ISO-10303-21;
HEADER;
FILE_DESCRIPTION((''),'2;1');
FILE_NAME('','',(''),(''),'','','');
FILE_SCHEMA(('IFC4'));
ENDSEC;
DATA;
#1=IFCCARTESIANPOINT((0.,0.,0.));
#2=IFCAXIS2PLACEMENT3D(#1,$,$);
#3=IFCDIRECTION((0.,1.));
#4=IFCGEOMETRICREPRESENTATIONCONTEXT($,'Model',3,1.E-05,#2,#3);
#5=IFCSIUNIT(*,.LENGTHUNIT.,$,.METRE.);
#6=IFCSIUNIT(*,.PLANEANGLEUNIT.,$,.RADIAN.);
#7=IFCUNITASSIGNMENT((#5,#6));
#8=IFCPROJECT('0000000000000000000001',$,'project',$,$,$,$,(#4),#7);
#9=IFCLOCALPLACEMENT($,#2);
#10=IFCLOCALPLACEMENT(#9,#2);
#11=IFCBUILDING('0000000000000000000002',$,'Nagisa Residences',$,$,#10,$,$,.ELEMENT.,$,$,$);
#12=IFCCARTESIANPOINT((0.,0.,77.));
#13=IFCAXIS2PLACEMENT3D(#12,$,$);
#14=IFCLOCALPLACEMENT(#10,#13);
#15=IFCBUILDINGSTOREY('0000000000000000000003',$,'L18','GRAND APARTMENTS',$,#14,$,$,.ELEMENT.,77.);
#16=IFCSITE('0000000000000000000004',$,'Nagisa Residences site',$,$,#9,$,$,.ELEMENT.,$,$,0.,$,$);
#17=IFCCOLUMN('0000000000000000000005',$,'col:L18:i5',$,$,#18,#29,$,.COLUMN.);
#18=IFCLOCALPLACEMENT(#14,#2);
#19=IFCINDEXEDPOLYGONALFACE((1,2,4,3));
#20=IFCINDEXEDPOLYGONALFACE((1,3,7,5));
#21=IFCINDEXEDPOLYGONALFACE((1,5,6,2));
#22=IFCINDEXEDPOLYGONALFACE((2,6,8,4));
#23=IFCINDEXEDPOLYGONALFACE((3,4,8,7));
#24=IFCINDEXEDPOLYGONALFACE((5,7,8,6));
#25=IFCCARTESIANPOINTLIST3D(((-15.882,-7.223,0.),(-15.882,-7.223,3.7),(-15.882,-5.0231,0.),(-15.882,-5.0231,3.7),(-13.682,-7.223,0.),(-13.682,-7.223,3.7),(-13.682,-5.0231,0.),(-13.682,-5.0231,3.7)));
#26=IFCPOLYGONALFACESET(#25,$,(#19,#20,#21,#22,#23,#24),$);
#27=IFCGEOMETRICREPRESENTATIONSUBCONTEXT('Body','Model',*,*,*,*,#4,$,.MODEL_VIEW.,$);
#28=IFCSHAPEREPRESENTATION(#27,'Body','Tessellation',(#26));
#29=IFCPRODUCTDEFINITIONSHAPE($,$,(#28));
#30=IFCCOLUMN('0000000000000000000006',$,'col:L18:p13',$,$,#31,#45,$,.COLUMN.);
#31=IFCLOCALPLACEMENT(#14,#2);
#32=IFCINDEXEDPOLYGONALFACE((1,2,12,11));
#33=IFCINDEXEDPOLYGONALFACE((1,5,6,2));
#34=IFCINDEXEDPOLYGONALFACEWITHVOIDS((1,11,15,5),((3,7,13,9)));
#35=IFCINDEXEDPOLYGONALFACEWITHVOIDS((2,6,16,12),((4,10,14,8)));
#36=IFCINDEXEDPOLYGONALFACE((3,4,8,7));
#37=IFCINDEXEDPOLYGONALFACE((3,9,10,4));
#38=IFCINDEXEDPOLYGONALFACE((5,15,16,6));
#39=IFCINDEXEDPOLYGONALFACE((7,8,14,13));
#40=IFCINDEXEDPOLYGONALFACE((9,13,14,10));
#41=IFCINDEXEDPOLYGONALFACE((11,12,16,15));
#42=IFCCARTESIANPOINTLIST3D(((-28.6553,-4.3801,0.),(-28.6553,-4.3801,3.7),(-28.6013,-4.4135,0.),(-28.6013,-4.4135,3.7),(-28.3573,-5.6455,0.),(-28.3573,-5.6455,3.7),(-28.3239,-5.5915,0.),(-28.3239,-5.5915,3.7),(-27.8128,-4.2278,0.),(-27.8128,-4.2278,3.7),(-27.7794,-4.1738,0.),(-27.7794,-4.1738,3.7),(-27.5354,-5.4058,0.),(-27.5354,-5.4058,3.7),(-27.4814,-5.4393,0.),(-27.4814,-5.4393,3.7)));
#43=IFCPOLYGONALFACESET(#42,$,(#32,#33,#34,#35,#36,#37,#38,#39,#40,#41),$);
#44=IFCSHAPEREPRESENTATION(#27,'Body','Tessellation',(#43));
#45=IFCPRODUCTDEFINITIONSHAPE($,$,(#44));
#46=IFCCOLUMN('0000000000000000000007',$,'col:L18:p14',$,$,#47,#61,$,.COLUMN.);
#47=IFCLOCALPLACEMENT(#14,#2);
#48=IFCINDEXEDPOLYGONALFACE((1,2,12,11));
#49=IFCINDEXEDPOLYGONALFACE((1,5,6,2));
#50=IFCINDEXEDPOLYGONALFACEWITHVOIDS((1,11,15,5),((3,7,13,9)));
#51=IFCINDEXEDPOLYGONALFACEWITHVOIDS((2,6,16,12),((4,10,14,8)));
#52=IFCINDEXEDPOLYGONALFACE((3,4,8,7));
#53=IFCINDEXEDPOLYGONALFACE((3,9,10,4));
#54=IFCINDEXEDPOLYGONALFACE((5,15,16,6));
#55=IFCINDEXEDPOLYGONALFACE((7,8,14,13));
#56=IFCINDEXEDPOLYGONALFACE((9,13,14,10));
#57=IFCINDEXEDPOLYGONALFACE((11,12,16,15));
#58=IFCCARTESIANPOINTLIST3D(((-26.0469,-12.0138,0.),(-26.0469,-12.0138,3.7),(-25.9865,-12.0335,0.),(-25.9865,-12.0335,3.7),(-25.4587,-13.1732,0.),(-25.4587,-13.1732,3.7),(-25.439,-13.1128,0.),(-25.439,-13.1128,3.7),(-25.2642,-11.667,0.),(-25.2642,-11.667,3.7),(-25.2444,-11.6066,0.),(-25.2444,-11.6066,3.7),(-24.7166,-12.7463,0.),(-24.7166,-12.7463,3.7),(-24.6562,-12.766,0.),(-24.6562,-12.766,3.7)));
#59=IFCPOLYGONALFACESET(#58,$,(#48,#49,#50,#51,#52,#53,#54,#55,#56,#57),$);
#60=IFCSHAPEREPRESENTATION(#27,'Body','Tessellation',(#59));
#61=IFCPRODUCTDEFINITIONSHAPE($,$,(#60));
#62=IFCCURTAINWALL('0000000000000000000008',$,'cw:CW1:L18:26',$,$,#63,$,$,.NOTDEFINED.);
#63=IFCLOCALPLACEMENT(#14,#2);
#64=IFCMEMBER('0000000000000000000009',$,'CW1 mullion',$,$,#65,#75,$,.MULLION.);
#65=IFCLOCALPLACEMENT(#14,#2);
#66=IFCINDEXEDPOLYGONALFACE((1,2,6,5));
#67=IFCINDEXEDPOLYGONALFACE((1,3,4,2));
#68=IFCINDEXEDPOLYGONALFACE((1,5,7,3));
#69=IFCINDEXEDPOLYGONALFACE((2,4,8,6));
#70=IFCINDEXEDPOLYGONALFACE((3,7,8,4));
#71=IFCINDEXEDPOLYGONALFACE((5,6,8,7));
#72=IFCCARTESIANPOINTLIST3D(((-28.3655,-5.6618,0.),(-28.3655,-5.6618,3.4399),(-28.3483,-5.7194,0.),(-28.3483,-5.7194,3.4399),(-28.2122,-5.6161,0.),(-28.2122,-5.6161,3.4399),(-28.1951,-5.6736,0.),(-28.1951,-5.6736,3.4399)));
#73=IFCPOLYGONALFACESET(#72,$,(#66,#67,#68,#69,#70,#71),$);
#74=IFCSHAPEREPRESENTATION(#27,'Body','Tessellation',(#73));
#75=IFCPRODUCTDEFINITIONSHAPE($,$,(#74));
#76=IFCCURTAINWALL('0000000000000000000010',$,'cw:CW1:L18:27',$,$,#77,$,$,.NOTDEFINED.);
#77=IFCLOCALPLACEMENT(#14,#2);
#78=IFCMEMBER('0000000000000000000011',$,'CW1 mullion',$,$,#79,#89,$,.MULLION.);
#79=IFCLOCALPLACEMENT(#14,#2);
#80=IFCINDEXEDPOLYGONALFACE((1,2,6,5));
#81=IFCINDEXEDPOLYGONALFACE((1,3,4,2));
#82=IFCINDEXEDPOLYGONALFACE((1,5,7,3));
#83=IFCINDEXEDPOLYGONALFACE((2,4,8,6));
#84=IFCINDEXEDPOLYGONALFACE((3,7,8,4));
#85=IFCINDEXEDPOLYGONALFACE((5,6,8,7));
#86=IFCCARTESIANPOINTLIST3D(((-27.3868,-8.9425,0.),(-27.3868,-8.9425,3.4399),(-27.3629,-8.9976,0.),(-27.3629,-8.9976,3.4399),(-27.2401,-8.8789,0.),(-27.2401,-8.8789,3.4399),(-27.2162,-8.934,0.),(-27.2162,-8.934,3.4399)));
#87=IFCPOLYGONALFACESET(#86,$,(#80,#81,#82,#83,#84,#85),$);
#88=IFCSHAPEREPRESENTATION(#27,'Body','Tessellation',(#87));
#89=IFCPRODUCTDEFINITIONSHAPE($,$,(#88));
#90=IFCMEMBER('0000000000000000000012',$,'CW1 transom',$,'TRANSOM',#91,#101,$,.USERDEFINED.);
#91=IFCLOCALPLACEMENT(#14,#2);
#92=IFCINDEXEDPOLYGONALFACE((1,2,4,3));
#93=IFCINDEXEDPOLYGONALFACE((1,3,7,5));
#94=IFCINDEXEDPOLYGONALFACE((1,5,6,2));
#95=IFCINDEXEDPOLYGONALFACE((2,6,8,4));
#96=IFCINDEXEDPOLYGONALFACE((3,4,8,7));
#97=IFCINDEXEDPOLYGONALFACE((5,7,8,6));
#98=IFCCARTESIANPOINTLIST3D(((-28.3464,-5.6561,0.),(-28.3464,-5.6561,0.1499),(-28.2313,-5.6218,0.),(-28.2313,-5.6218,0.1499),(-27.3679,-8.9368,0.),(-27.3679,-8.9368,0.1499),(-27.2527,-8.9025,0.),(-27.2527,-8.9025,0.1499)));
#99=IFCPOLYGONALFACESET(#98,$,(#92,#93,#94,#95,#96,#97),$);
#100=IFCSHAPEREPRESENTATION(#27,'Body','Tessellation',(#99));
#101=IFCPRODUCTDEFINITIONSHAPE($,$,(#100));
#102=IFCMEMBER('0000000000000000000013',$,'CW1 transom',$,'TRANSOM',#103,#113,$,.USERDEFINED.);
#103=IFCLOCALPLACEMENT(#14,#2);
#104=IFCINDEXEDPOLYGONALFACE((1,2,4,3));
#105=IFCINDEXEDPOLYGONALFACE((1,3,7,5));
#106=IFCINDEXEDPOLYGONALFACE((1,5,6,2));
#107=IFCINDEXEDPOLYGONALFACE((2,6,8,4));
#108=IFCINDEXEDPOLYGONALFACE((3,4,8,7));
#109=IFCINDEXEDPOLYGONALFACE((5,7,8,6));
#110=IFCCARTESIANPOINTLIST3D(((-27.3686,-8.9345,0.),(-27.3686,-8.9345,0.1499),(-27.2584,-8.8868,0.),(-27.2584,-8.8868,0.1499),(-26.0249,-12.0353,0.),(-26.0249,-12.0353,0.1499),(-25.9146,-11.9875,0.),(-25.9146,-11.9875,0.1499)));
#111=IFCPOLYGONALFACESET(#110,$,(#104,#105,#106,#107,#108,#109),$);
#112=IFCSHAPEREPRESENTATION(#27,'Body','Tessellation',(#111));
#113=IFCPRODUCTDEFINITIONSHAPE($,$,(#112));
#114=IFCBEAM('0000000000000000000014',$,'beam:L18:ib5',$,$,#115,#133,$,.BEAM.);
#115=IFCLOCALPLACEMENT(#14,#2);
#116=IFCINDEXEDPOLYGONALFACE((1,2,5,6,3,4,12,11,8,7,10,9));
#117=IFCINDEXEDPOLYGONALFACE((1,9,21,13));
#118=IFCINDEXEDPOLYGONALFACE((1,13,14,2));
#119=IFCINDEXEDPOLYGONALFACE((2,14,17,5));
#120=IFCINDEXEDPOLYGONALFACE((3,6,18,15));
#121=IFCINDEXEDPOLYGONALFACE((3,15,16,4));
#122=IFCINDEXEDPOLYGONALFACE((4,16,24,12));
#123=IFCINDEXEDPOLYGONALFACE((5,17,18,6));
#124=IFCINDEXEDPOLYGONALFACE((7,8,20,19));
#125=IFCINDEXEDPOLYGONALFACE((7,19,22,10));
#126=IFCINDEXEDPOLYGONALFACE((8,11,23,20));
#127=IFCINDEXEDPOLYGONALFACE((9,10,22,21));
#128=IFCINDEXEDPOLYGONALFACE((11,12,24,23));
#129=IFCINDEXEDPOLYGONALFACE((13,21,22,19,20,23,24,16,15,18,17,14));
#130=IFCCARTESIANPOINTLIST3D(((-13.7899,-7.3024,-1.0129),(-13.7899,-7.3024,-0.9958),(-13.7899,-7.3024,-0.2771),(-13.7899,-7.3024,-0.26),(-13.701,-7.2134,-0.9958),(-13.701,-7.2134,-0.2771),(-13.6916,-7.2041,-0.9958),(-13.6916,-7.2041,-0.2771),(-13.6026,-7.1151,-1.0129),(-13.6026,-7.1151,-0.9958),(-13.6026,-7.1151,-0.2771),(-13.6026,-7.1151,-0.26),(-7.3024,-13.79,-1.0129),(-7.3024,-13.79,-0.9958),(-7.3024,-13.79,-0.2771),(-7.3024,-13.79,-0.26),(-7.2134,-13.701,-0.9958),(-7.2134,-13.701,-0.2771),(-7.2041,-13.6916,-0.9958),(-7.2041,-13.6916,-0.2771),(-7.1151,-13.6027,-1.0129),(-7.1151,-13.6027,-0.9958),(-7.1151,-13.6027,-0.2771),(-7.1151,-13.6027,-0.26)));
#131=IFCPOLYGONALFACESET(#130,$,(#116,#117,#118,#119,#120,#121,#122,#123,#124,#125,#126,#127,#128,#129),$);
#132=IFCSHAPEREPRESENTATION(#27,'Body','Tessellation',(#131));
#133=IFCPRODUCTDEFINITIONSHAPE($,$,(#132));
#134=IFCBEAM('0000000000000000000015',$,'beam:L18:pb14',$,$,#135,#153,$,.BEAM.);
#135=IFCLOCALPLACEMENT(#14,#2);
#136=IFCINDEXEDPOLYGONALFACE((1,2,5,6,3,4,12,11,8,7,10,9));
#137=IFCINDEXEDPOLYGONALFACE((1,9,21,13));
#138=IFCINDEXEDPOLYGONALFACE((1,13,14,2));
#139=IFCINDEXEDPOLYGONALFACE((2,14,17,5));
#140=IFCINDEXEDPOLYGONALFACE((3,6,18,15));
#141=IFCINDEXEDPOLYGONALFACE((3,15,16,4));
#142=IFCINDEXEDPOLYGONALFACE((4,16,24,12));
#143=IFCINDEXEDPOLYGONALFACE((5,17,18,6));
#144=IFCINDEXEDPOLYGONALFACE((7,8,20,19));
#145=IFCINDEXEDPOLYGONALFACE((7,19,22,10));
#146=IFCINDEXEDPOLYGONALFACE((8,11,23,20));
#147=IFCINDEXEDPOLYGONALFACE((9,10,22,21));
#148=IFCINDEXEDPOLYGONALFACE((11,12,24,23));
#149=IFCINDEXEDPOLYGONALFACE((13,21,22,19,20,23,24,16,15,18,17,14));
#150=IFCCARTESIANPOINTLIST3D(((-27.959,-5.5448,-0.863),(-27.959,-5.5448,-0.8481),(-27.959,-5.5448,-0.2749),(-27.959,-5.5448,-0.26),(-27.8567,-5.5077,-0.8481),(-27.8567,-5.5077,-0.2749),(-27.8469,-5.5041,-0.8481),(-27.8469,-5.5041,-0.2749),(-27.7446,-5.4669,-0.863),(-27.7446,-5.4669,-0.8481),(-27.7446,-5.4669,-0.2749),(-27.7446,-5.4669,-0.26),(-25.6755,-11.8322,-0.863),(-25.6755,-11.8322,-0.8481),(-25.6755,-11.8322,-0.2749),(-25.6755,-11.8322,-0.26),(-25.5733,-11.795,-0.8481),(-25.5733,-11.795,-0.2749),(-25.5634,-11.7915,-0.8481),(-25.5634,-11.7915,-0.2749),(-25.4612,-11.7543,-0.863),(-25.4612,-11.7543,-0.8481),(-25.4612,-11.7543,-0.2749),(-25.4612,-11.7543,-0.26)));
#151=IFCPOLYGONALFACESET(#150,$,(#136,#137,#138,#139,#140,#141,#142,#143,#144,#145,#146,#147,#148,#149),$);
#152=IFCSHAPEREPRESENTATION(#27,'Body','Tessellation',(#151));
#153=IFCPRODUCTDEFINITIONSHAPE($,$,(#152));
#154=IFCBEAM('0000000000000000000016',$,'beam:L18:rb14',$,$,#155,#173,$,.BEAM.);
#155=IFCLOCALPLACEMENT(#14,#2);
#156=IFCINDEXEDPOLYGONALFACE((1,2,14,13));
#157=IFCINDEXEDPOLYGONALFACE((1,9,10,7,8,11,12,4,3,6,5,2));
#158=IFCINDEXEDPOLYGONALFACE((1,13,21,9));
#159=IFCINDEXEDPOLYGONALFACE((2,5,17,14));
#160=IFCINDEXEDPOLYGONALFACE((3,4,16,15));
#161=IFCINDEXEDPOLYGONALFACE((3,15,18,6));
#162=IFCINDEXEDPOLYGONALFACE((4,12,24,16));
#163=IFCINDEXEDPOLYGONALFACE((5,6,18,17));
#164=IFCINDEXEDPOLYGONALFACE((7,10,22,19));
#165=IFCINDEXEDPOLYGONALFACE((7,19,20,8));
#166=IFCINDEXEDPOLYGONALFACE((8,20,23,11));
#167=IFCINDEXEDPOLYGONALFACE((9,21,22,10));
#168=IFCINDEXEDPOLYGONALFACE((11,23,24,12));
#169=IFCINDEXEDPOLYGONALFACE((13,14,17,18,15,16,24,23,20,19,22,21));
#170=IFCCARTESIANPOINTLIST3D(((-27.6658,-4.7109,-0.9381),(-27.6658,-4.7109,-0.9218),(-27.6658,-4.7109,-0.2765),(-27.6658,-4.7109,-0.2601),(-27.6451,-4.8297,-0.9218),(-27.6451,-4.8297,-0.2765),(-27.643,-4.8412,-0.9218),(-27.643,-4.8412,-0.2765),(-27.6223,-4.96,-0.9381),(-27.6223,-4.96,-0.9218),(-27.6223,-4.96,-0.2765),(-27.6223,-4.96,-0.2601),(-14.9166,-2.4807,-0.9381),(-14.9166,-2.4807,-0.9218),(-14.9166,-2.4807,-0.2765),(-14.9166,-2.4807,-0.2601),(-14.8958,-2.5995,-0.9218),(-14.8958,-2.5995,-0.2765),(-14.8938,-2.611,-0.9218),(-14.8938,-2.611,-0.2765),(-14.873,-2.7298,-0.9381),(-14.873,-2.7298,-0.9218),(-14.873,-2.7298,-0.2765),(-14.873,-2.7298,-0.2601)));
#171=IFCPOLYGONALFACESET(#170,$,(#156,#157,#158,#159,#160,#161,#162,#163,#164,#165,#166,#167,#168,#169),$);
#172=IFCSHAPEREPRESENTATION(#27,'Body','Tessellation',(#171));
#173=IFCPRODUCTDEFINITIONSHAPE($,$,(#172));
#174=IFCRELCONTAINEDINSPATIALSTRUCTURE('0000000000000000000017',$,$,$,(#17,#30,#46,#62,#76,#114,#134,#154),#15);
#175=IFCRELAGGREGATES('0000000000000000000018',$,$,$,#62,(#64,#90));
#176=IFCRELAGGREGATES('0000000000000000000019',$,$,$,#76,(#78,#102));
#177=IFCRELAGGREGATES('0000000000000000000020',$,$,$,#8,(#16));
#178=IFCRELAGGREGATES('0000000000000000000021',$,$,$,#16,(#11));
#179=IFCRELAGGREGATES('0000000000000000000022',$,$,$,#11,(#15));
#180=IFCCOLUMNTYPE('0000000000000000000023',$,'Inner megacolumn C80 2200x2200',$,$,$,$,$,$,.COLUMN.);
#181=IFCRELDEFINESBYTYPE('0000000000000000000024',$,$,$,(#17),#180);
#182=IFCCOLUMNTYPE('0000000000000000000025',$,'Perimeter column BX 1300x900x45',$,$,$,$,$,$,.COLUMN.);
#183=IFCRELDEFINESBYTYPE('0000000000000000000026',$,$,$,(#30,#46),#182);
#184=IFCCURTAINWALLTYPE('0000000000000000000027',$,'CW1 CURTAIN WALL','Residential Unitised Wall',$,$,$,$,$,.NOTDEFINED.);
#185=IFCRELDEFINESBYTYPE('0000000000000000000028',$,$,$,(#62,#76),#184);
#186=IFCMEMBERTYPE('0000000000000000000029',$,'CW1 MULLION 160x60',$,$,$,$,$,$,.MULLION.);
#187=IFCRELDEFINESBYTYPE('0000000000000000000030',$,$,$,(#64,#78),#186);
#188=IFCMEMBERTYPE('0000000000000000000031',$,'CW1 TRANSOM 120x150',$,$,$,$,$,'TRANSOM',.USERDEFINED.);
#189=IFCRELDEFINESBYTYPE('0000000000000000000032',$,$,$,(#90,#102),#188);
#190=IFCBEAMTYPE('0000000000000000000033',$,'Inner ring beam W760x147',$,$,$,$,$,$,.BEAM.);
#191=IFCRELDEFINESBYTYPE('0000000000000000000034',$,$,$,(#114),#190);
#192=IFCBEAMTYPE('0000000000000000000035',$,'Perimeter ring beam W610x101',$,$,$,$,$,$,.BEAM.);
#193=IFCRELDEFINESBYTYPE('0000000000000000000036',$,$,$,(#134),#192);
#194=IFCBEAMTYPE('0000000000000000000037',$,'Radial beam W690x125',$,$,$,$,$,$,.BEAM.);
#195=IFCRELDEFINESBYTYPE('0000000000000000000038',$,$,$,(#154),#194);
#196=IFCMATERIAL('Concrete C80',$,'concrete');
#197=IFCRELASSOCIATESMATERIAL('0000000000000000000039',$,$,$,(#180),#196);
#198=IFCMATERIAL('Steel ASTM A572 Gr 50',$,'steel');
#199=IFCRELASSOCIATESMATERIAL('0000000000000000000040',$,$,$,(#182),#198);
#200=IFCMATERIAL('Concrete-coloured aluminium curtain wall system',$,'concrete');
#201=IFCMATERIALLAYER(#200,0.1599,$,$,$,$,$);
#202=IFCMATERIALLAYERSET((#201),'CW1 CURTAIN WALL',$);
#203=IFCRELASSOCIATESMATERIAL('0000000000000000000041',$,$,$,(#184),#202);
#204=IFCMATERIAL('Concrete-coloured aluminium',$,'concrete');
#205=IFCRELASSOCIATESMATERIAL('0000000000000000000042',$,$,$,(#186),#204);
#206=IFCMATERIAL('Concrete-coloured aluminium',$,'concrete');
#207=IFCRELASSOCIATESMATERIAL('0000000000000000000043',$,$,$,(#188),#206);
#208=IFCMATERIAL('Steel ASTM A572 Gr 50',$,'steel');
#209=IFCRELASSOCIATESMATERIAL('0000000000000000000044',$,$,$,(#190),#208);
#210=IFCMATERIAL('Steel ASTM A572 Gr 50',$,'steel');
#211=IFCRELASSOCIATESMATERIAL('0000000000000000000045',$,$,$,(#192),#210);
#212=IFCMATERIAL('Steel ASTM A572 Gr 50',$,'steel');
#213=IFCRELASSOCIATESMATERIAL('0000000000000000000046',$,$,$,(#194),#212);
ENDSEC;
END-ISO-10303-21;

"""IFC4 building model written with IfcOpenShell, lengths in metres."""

from ifc_helpers import new_model, si_unit, direction, frame, origin, origin_2d, place, context, subcontext, project, spatial, rectangle, hollow_rectangle, i_section, extrude, material, layer, layer_set, material_profile, profile_set, type_object, element, aggregate, save


model = new_model("IFC4")

# Units and contexts
model_context = context("Model", 3, precision=1e-05, world=origin(), true_north=direction((0.0, 1.0)))
body_context = subcontext(model_context, "Body", "Model", "MODEL_VIEW")
ifc_project = project(units=[si_unit("LENGTHUNIT", "METRE"), si_unit("PLANEANGLEUNIT", "RADIAN")], contexts=[model_context])

# Site, building, storey
site_placement = place(None, origin())
site = spatial("IfcSite", under=ifc_project, at=site_placement, Name="Nagisa Residences site", CompositionType="ELEMENT", RefElevation=0.0)
building_placement = place(site_placement, origin())
building = spatial("IfcBuilding", under=site, at=building_placement, Name="Nagisa Residences", CompositionType="ELEMENT")
storey_placement = place(building_placement, frame((0.0, 0.0, 77.0)))
storey = spatial("IfcBuildingStorey", under=building, at=storey_placement, Name="L18", Description="GRAND APARTMENTS", CompositionType="ELEMENT", Elevation=77.0)

# Columns
ifc_material_1 = material(Name="Concrete C80", Category="concrete")
ifc_material_profile_1 = material_profile(ifc_material_1, rectangle(XDim=2.2, YDim=2.2, at=origin_2d()), Name="C80 2200x2200")
ifc_profile_set_1 = profile_set([ifc_material_profile_1], Name="Concrete C80")
column_type_1 = type_object("IfcColumnType", Name="Inner megacolumn C80 2200x2200", PredefinedType="COLUMN", material=ifc_profile_set_1)
column_placement = place(storey_placement, frame((-14.782, -6.123, 0.0), z_axis=(0.0, 0.0, 1.0), x_axis=(1.0, 0.0, 0.0)))
element("IfcColumn", 1, at=column_placement, inside=storey, type_object=column_type_1, Name="col:L18:i5", PredefinedType="COLUMN", context=body_context, shape_type="SweptSolid", body=[
    extrude(rectangle(XDim=2.2, YDim=2.2, at=origin_2d()), origin(), (0.0, 0.0, 1.0), 3.7),
])
ifc_material_2 = material(Name="Steel ASTM A572 Gr 50", Category="steel")
ifc_material_profile_2 = material_profile(ifc_material_2, hollow_rectangle(XDim=1.3, YDim=0.8999, WallThickness=0.0449, at=origin_2d()), Name="BX 1300x900x45")
ifc_profile_set_2 = profile_set([ifc_material_profile_2], Name="Steel ASTM A572 Gr 50")
column_type_2 = type_object("IfcColumnType", Name="Perimeter column BX 1300x900x45", PredefinedType="COLUMN", material=ifc_profile_set_2)
for number, where, z_axis, x_axis, name in (
    (2, (-28.0684, -4.9097, 0.0), (0.0, 0.0, 1.0), (0.229202, -0.973379, 0.0), "col:L18:p13"),
    (3, (-25.3516, -12.3899, 0.0), (0.0, 0.0, 1.0), (0.452463, -0.891783, 0.0), "col:L18:p14"),
):
    element("IfcColumn", number, at=place(storey_placement, frame(where, z_axis=z_axis, x_axis=x_axis)), inside=storey, type_object=column_type_2, Name=name, PredefinedType="COLUMN", context=body_context, shape_type="SweptSolid", body=[
        extrude(hollow_rectangle(XDim=1.3, YDim=0.8999, WallThickness=0.0449, at=origin_2d()), origin(), (0.0, 0.0, 1.0), 3.7),
    ])

# Curtain walls, members
ifc_material_3 = material(Name="Concrete-coloured aluminium curtain wall system", Category="concrete")
ifc_layer_1 = layer(ifc_material_3, 0.1599)
ifc_layer_set_1 = layer_set([ifc_layer_1], Name="CW1 CURTAIN WALL")
curtain_wall_type = type_object("IfcCurtainWallType", Name="CW1 CURTAIN WALL", Description="Residential Unitised Wall", PredefinedType="NOTDEFINED", material=ifc_layer_set_1)
curtain_wall_1_placement = place(storey_placement, origin())
curtain_wall_1 = element("IfcCurtainWall", 4, at=curtain_wall_1_placement, inside=storey, type_object=curtain_wall_type, Name="cw:CW1:L18:26", PredefinedType="NOTDEFINED")
ifc_material_4 = material(Name="Concrete-coloured aluminium", Category="concrete")
ifc_material_profile_3 = material_profile(ifc_material_4, rectangle(XDim=0.1599, YDim=0.0601, at=origin_2d()), Name="CW1 MULLION 160x60")
ifc_profile_set_3 = profile_set([ifc_material_profile_3], Name="Concrete-coloured aluminium")
member_type_1 = type_object("IfcMemberType", Name="CW1 MULLION 160x60", PredefinedType="MULLION", material=ifc_profile_set_3)
member_1_placement = place(storey_placement, frame((-28.2803, -5.6677, 0.0), z_axis=(0.0, 0.0, 1.0), x_axis=(0.958271, 0.28586, 0.0)))
member_1 = element("IfcMember", 5, at=member_1_placement, type_object=member_type_1, Name="CW1 mullion", PredefinedType="MULLION", context=body_context, shape_type="SweptSolid", body=[
    extrude(rectangle(XDim=0.1599, YDim=0.0601, at=origin_2d()), origin(), (0.0, 0.0, 1.0), 3.4399),
])
curtain_wall_2_placement = place(storey_placement, origin())
curtain_wall_2 = element("IfcCurtainWall", 6, at=curtain_wall_2_placement, inside=storey, type_object=curtain_wall_type, Name="cw:CW1:L18:27", PredefinedType="NOTDEFINED")
member_2_placement = place(storey_placement, frame((-27.3015, -8.9382, 0.0), z_axis=(0.0, 0.0, 1.0), x_axis=(0.917543, 0.397636, 0.0)))
member_2 = element("IfcMember", 7, at=member_2_placement, type_object=member_type_1, Name="CW1 mullion", PredefinedType="MULLION", context=body_context, shape_type="SweptSolid", body=[
    extrude(rectangle(XDim=0.1599, YDim=0.0601, at=origin_2d()), origin(), (0.0, 0.0, 1.0), 3.4399),
])

# Members
ifc_material_5 = material(Name="Concrete-coloured aluminium", Category="concrete")
ifc_material_profile_4 = material_profile(ifc_material_5, rectangle(XDim=0.1201, YDim=0.1499, at=origin_2d()), Name="CW1 TRANSOM 120x150")
ifc_profile_set_4 = profile_set([ifc_material_profile_4], Name="Concrete-coloured aluminium")
member_type_2 = type_object("IfcMemberType", Name="CW1 TRANSOM 120x150", ElementType="TRANSOM", PredefinedType="USERDEFINED", material=ifc_profile_set_4)
member_3_placement = place(storey_placement, frame((-28.2888, -5.6389, 0.075), z_axis=(0.285817, -0.958284, 0.0), x_axis=(0.958284, 0.285817, 0.0)))
member_3 = element("IfcMember", 8, at=member_3_placement, type_object=member_type_2, Name="CW1 transom", ObjectType="TRANSOM", PredefinedType="USERDEFINED", context=body_context, shape_type="SweptSolid", body=[
    extrude(rectangle(XDim=0.1201, YDim=0.1499, at=origin_2d()), origin(), (0.0, 0.0, 1.0), 3.4236),
])
member_4_placement = place(storey_placement, frame((-27.3135, -8.9106, 0.075), z_axis=(0.397622, -0.917549, 0.0), x_axis=(0.917549, 0.397622, 0.0)))
member_4 = element("IfcMember", 9, at=member_4_placement, type_object=member_type_2, Name="CW1 transom", ObjectType="TRANSOM", PredefinedType="USERDEFINED", context=body_context, shape_type="SweptSolid", body=[
    extrude(rectangle(XDim=0.1201, YDim=0.1499, at=origin_2d()), origin(), (0.0, 0.0, 1.0), 3.3794),
])

# Beams
ifc_material_6 = material(Name="Steel ASTM A572 Gr 50", Category="steel")
ifc_material_profile_5 = material_profile(ifc_material_6, i_section(OverallWidth=0.2649, OverallDepth=0.7529, WebThickness=0.0132, FlangeThickness=0.0171, at=origin_2d()), Name="W760x147")
ifc_profile_set_5 = profile_set([ifc_material_profile_5], Name="Steel ASTM A572 Gr 50")
beam_type_1 = type_object("IfcBeamType", Name="Inner ring beam W760x147", PredefinedType="BEAM", material=ifc_profile_set_5)
beam_1_placement = place(storey_placement, frame((-13.6963, -7.2087, -0.6365), z_axis=(0.707107, -0.707107, 0.0), x_axis=(0.707107, 0.707107, 0.0)))
element("IfcBeam", 10, at=beam_1_placement, inside=storey, type_object=beam_type_1, Name="beam:L18:ib5", PredefinedType="BEAM", context=body_context, shape_type="SweptSolid", body=[
    extrude(i_section(OverallWidth=0.2649, OverallDepth=0.7529, WebThickness=0.0132, FlangeThickness=0.0171, at=origin_2d()), origin(), (0.0, 0.0, 1.0), 9.1748),
])
ifc_material_7 = material(Name="Steel ASTM A572 Gr 50", Category="steel")
ifc_material_profile_6 = material_profile(ifc_material_7, i_section(OverallWidth=0.228, OverallDepth=0.603, WebThickness=0.0105, FlangeThickness=0.0149, at=origin_2d()), Name="W610x101")
ifc_profile_set_6 = profile_set([ifc_material_profile_6], Name="Steel ASTM A572 Gr 50")
beam_type_2 = type_object("IfcBeamType", Name="Perimeter ring beam W610x101", PredefinedType="BEAM", material=ifc_profile_set_6)
beam_2_placement = place(storey_placement, frame((-27.8518, -5.5059, -0.5615), z_axis=(0.341365, -0.939931, 0.0), x_axis=(0.939931, 0.341365, 0.0)))
element("IfcBeam", 11, at=beam_2_placement, inside=storey, type_object=beam_type_2, Name="beam:L18:pb14", PredefinedType="BEAM", context=body_context, shape_type="SweptSolid", body=[
    extrude(i_section(OverallWidth=0.228, OverallDepth=0.603, WebThickness=0.0105, FlangeThickness=0.0149, at=origin_2d()), origin(), (0.0, 0.0, 1.0), 6.6892),
])
ifc_material_8 = material(Name="Steel ASTM A572 Gr 50", Category="steel")
ifc_material_profile_7 = material_profile(ifc_material_8, i_section(OverallWidth=0.2529, OverallDepth=0.678, WebThickness=0.0117, FlangeThickness=0.0164, at=origin_2d()), Name="W690x125")
ifc_profile_set_7 = profile_set([ifc_material_profile_7], Name="Steel ASTM A572 Gr 50")
beam_type_3 = type_object("IfcBeamType", Name="Radial beam W690x125", PredefinedType="BEAM", material=ifc_profile_set_7)
beam_3_placement = place(storey_placement, frame((-27.644, -4.8354, -0.5991), z_axis=(0.985042, 0.172313, 0.0), x_axis=(-0.172313, 0.985042, 0.0)))
element("IfcBeam", 12, at=beam_3_placement, inside=storey, type_object=beam_type_3, Name="beam:L18:rb14", PredefinedType="BEAM", context=body_context, shape_type="SweptSolid", body=[
    extrude(i_section(OverallWidth=0.2529, OverallDepth=0.678, WebThickness=0.0117, FlangeThickness=0.0164, at=origin_2d()), origin(), (0.0, 0.0, 1.0), 12.9429),
])

aggregate(curtain_wall_1, [member_1, member_3])
aggregate(curtain_wall_2, [member_2, member_4])

save(model, "model.ifc")
